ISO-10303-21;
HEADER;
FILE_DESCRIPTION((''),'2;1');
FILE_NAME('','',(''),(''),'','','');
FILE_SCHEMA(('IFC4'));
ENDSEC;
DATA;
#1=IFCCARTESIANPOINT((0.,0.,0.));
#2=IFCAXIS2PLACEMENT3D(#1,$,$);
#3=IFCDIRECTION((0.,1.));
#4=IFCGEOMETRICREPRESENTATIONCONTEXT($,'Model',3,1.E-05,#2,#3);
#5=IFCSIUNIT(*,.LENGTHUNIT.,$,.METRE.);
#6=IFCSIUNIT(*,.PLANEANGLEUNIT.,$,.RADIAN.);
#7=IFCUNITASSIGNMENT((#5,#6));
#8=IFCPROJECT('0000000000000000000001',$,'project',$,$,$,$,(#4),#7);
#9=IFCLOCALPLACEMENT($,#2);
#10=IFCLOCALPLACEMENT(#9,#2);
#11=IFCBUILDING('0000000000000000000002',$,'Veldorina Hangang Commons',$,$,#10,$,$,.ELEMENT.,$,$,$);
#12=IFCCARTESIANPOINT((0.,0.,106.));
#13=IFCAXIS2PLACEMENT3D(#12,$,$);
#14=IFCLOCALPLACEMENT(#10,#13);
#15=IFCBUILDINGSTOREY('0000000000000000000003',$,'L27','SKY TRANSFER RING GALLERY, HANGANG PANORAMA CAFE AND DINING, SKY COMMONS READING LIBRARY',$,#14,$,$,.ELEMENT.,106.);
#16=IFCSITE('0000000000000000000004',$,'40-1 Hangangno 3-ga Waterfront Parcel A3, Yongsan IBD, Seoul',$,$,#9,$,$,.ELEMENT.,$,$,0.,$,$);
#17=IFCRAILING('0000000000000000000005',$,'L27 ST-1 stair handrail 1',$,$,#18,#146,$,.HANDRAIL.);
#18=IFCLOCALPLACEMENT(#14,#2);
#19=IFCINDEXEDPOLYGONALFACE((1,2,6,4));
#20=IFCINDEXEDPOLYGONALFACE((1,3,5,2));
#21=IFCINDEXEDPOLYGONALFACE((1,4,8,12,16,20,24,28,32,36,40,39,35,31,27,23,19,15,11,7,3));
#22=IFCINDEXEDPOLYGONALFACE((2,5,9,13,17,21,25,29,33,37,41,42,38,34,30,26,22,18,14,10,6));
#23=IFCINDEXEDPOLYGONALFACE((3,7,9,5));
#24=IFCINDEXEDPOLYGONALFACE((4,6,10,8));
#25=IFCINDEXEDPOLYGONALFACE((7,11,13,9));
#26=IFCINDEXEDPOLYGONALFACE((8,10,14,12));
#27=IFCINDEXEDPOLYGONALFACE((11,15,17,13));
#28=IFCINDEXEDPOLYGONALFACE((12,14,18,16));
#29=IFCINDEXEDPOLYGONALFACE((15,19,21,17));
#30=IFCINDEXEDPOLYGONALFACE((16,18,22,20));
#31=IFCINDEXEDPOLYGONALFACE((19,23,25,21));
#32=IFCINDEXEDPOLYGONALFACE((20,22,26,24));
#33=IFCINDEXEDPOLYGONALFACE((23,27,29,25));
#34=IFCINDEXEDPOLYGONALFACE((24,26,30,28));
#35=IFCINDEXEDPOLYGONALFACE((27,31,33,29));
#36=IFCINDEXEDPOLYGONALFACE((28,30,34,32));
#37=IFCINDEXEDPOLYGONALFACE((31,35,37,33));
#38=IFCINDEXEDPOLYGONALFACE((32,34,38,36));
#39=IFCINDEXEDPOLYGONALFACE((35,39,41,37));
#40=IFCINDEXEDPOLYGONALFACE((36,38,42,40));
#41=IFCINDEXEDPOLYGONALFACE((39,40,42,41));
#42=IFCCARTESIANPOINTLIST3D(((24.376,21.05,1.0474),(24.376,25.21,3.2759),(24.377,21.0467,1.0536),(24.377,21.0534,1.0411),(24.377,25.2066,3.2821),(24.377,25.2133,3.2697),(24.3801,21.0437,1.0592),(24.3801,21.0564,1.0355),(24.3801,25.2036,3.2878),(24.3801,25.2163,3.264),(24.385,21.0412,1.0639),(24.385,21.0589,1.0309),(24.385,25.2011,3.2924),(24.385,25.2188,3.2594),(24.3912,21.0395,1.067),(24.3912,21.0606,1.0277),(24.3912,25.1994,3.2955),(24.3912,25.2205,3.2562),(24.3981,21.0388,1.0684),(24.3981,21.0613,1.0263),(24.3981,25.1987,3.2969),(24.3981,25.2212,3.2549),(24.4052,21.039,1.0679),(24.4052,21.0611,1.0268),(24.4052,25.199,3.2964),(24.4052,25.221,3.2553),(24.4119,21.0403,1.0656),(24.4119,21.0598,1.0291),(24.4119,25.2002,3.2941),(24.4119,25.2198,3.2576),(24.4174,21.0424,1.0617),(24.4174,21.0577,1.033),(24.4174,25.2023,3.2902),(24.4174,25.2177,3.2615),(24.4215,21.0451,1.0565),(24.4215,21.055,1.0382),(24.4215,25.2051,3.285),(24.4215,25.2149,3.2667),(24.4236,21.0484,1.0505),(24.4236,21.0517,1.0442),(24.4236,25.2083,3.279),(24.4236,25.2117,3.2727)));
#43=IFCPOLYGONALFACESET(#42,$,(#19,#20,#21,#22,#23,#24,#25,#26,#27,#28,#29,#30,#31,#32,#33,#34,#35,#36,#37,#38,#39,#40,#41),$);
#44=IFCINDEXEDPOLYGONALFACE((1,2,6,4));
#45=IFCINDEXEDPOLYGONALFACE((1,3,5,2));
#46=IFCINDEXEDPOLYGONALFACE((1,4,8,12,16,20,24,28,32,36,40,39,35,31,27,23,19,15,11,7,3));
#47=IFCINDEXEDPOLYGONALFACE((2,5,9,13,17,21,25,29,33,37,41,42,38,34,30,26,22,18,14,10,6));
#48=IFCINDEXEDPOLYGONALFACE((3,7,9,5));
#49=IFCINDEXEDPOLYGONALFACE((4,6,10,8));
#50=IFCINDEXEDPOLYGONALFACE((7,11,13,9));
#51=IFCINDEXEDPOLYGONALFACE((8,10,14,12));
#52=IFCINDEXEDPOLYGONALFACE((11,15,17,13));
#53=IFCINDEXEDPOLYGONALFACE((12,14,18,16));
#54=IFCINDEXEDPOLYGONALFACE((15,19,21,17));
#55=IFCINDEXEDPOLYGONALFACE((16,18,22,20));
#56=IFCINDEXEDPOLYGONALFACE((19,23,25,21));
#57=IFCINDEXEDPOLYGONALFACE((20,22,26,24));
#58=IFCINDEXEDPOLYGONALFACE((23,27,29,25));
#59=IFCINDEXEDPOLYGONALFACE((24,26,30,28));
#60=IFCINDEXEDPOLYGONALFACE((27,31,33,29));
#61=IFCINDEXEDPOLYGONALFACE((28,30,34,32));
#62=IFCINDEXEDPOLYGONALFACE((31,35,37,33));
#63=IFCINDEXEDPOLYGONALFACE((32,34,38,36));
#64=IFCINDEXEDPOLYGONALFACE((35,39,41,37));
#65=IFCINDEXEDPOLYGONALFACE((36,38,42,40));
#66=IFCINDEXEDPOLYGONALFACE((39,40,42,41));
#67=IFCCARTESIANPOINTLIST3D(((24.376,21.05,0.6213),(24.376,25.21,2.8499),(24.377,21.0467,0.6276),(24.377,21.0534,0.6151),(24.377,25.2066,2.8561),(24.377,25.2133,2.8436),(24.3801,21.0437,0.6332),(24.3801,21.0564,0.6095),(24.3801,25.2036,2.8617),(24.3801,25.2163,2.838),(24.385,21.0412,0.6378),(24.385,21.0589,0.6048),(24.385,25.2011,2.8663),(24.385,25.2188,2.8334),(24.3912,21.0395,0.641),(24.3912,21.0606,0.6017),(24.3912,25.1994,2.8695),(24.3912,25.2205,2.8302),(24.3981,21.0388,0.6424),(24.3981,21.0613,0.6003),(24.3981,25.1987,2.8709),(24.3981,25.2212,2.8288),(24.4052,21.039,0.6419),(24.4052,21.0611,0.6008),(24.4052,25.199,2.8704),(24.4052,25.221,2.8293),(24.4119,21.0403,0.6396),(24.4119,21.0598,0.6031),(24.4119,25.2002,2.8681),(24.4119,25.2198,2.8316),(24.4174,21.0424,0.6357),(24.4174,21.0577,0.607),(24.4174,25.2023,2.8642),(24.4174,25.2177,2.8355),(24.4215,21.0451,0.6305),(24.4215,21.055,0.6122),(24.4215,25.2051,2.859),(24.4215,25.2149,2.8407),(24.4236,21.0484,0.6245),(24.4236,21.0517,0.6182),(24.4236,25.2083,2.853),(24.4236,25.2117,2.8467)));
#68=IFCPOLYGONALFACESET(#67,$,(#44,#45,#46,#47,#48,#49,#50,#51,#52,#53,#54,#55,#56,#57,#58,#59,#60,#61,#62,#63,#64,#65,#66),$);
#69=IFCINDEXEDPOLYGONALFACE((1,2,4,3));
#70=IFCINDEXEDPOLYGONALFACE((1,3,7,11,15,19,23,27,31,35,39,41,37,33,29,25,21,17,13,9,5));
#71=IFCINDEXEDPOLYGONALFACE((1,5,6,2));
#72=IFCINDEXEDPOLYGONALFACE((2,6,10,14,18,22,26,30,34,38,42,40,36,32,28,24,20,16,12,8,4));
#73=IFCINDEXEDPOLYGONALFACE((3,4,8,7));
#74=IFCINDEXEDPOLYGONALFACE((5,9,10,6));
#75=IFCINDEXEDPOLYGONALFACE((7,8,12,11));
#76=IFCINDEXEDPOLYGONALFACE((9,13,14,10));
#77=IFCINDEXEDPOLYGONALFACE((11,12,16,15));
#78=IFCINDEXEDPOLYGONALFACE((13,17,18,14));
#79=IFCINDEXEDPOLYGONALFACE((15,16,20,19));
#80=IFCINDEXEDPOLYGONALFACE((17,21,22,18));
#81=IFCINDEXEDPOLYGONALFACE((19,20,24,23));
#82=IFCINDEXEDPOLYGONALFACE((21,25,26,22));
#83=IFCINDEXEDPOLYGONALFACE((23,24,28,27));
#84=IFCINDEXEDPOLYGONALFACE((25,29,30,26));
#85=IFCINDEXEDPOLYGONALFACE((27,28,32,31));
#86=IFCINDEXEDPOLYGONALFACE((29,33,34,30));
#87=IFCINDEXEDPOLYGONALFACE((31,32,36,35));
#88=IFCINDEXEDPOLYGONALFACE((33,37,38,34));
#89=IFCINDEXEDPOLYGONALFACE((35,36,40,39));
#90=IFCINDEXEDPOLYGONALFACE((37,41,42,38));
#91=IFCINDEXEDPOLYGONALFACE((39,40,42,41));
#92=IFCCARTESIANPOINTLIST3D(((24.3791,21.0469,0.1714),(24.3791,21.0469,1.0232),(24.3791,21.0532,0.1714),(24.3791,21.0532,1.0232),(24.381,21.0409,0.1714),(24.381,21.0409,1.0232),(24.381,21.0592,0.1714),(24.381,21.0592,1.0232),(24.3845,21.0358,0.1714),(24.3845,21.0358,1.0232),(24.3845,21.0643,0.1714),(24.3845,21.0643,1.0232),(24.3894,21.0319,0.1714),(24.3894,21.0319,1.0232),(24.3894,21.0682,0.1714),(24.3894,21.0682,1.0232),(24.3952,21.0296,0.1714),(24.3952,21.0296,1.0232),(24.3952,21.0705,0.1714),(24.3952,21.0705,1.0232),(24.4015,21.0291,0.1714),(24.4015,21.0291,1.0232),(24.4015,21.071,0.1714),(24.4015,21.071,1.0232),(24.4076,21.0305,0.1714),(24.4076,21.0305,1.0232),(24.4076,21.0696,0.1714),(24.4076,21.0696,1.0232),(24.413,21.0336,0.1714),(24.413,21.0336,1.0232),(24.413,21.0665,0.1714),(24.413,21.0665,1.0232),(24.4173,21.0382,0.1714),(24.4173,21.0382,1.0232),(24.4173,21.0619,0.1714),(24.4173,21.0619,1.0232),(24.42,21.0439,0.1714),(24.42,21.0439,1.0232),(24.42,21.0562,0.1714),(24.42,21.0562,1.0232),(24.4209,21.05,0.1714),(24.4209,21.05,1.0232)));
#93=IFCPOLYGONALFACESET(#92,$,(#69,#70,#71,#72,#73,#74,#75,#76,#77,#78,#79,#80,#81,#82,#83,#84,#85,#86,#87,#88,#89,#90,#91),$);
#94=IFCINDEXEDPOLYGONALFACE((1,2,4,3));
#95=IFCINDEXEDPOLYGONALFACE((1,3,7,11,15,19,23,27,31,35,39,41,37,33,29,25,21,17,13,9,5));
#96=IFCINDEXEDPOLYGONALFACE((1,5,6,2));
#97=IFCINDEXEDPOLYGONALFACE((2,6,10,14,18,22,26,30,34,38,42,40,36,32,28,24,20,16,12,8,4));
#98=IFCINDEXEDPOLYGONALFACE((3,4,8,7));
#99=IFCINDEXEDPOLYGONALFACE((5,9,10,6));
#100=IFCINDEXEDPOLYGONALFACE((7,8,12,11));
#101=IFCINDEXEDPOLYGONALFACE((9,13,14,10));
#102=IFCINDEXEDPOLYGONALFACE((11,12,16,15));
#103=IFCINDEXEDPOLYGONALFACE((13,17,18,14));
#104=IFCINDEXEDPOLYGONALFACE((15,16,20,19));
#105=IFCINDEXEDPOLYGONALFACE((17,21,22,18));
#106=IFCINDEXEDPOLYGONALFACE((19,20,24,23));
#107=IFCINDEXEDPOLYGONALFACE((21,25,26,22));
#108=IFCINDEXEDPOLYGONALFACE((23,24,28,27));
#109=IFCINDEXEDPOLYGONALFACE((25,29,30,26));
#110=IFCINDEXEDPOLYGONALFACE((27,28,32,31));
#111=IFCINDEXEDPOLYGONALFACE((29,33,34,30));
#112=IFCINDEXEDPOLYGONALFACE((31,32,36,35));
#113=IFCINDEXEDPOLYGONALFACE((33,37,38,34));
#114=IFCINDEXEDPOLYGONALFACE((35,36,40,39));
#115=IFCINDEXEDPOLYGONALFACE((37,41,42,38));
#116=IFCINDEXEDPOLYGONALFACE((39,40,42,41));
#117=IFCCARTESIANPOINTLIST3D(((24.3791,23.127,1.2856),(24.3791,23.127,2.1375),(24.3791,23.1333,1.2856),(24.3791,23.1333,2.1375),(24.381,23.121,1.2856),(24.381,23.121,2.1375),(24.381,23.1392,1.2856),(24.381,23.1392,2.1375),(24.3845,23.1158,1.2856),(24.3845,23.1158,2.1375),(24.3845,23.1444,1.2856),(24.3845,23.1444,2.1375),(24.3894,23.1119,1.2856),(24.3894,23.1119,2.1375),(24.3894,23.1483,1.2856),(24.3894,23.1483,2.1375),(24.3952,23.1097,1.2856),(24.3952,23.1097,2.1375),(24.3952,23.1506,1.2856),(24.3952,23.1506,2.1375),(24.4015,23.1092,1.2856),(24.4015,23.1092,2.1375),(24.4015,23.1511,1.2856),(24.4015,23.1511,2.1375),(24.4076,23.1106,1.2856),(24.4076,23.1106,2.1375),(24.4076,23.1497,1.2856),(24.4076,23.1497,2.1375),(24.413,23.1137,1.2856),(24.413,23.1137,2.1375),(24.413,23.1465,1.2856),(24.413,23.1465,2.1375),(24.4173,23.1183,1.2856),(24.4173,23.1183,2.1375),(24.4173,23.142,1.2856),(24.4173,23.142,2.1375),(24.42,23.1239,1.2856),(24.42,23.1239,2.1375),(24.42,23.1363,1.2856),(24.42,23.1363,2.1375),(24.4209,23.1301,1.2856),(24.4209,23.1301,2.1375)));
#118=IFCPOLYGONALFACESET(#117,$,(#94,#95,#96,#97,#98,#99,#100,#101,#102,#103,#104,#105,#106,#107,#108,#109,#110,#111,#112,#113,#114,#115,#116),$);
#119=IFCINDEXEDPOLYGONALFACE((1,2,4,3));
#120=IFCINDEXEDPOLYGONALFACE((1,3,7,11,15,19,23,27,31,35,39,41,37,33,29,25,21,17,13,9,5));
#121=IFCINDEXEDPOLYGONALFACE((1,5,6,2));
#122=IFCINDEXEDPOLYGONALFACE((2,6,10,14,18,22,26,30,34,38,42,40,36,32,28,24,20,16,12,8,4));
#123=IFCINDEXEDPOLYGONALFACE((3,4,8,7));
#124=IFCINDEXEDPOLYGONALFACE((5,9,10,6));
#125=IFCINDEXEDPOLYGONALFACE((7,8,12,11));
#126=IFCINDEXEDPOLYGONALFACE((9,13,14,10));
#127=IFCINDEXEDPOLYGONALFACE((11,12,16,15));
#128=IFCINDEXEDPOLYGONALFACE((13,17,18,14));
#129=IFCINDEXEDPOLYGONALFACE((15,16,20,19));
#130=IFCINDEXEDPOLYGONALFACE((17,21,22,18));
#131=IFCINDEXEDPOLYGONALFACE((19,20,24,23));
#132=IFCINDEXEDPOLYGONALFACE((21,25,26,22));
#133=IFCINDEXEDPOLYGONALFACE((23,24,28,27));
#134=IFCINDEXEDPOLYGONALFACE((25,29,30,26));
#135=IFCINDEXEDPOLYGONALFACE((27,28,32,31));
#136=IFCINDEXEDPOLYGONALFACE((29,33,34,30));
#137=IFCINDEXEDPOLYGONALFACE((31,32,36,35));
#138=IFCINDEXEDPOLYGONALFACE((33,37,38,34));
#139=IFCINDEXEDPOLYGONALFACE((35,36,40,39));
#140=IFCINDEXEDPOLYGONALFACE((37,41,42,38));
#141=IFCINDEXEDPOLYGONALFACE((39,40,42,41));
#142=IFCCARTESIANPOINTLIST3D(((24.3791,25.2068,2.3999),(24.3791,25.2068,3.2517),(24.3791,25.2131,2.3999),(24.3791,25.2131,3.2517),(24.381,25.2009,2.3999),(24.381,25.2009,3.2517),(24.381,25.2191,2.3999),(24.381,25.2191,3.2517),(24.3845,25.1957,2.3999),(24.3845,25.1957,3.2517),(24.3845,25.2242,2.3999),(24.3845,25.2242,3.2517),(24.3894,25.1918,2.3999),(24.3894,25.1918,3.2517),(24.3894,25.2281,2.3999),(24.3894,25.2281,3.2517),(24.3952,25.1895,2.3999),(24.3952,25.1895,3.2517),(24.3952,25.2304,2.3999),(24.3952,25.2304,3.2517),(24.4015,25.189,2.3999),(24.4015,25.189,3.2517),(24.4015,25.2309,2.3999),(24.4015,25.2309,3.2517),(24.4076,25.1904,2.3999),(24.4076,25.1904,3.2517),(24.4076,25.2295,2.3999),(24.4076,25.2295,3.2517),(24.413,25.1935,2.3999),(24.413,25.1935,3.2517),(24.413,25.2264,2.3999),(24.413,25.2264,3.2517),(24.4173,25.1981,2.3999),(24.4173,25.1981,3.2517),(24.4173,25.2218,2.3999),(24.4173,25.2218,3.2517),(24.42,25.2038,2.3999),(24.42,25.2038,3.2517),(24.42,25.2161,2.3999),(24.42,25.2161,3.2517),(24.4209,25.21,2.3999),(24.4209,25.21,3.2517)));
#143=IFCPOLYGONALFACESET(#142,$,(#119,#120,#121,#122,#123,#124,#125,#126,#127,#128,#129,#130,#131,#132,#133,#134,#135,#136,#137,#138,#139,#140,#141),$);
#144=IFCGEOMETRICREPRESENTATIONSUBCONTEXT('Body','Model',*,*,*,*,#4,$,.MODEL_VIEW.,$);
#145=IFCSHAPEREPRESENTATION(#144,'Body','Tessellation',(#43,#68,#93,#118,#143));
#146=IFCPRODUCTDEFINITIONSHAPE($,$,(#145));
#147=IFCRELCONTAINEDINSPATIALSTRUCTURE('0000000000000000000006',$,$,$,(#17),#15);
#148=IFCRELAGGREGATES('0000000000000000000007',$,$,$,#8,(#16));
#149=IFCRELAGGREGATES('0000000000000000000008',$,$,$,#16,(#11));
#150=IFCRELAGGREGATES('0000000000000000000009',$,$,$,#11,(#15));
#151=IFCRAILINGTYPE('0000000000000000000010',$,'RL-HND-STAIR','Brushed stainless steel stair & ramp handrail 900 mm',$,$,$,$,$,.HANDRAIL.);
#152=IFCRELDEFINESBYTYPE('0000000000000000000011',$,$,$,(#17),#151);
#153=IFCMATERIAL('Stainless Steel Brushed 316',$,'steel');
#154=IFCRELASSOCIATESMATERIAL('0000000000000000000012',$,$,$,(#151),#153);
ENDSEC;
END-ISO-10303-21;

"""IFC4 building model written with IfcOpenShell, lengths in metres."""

from ifc_helpers import new_model, si_unit, direction, frame, origin, origin_2d, place, context, subcontext, project, spatial, circle, extrude, material, type_object, element, save


model = new_model("IFC4")

# Units and contexts
model_context = context("Model", 3, precision=1e-05, world=origin(), true_north=direction((0.0, 1.0)))
body_context = subcontext(model_context, "Body", "Model", "MODEL_VIEW")
ifc_project = project(units=[si_unit("LENGTHUNIT", "METRE"), si_unit("PLANEANGLEUNIT", "RADIAN")], contexts=[model_context])

# Site, building, storey
site_placement = place(None, origin())
site = spatial("IfcSite", under=ifc_project, at=site_placement, Name="40-1 Hangangno 3-ga Waterfront Parcel A3, Yongsan IBD, Seoul", CompositionType="ELEMENT", RefElevation=0.0)
building_placement = place(site_placement, origin())
building = spatial("IfcBuilding", under=site, at=building_placement, Name="Veldorina Hangang Commons", CompositionType="ELEMENT")
storey_placement = place(building_placement, frame((0.0, 0.0, 106.0)))
storey = spatial("IfcBuildingStorey", under=building, at=storey_placement, Name="L27", Description="SKY TRANSFER RING GALLERY, HANGANG PANORAMA CAFE AND DINING, SKY COMMONS READING LIBRARY", CompositionType="ELEMENT", Elevation=106.0)

# Railing
ifc_material_1 = material(Name="Stainless Steel Brushed 316", Category="steel")
railing_type_1 = type_object("IfcRailingType", Name="RL-HND-STAIR", Description="Brushed stainless steel stair & ramp handrail 900 mm", PredefinedType="HANDRAIL", material=ifc_material_1)
railing_1_placement = place(storey_placement, frame((24.3999, 21.05, 0.1714)))
element("IfcRailing", 1, at=railing_1_placement, inside=storey, type_object=railing_type_1, Name="L27 ST-1 stair handrail 1", PredefinedType="HANDRAIL", context=body_context, shape_type="SweptSolid", body=[
    extrude(circle(Radius=0.0239, at=origin_2d()), frame((0.0, 0.0, 0.876), z_axis=(0.0, 0.881481, 0.47222), x_axis=(-1.0, 0.0, 0.0)), (0.0, 0.0, 1.0), 4.7192),
    extrude(circle(Radius=0.0239, at=origin_2d()), frame((0.0, 0.0, 0.45), z_axis=(0.0, 0.881481, 0.47222), x_axis=(-1.0, 0.0, 0.0)), (0.0, 0.0, 1.0), 4.7192),
    extrude(circle(Radius=0.021, at=origin_2d()), origin(), (0.0, 0.0, 1.0), 0.8518),
    extrude(circle(Radius=0.021, at=origin_2d()), frame((0.0, 2.0801, 1.1143)), (0.0, 0.0, 1.0), 0.8518),
    extrude(circle(Radius=0.021, at=origin_2d()), frame((0.0, 4.1599, 2.2285)), (0.0, 0.0, 1.0), 0.8518),
])

save(model, "model.ifc")
